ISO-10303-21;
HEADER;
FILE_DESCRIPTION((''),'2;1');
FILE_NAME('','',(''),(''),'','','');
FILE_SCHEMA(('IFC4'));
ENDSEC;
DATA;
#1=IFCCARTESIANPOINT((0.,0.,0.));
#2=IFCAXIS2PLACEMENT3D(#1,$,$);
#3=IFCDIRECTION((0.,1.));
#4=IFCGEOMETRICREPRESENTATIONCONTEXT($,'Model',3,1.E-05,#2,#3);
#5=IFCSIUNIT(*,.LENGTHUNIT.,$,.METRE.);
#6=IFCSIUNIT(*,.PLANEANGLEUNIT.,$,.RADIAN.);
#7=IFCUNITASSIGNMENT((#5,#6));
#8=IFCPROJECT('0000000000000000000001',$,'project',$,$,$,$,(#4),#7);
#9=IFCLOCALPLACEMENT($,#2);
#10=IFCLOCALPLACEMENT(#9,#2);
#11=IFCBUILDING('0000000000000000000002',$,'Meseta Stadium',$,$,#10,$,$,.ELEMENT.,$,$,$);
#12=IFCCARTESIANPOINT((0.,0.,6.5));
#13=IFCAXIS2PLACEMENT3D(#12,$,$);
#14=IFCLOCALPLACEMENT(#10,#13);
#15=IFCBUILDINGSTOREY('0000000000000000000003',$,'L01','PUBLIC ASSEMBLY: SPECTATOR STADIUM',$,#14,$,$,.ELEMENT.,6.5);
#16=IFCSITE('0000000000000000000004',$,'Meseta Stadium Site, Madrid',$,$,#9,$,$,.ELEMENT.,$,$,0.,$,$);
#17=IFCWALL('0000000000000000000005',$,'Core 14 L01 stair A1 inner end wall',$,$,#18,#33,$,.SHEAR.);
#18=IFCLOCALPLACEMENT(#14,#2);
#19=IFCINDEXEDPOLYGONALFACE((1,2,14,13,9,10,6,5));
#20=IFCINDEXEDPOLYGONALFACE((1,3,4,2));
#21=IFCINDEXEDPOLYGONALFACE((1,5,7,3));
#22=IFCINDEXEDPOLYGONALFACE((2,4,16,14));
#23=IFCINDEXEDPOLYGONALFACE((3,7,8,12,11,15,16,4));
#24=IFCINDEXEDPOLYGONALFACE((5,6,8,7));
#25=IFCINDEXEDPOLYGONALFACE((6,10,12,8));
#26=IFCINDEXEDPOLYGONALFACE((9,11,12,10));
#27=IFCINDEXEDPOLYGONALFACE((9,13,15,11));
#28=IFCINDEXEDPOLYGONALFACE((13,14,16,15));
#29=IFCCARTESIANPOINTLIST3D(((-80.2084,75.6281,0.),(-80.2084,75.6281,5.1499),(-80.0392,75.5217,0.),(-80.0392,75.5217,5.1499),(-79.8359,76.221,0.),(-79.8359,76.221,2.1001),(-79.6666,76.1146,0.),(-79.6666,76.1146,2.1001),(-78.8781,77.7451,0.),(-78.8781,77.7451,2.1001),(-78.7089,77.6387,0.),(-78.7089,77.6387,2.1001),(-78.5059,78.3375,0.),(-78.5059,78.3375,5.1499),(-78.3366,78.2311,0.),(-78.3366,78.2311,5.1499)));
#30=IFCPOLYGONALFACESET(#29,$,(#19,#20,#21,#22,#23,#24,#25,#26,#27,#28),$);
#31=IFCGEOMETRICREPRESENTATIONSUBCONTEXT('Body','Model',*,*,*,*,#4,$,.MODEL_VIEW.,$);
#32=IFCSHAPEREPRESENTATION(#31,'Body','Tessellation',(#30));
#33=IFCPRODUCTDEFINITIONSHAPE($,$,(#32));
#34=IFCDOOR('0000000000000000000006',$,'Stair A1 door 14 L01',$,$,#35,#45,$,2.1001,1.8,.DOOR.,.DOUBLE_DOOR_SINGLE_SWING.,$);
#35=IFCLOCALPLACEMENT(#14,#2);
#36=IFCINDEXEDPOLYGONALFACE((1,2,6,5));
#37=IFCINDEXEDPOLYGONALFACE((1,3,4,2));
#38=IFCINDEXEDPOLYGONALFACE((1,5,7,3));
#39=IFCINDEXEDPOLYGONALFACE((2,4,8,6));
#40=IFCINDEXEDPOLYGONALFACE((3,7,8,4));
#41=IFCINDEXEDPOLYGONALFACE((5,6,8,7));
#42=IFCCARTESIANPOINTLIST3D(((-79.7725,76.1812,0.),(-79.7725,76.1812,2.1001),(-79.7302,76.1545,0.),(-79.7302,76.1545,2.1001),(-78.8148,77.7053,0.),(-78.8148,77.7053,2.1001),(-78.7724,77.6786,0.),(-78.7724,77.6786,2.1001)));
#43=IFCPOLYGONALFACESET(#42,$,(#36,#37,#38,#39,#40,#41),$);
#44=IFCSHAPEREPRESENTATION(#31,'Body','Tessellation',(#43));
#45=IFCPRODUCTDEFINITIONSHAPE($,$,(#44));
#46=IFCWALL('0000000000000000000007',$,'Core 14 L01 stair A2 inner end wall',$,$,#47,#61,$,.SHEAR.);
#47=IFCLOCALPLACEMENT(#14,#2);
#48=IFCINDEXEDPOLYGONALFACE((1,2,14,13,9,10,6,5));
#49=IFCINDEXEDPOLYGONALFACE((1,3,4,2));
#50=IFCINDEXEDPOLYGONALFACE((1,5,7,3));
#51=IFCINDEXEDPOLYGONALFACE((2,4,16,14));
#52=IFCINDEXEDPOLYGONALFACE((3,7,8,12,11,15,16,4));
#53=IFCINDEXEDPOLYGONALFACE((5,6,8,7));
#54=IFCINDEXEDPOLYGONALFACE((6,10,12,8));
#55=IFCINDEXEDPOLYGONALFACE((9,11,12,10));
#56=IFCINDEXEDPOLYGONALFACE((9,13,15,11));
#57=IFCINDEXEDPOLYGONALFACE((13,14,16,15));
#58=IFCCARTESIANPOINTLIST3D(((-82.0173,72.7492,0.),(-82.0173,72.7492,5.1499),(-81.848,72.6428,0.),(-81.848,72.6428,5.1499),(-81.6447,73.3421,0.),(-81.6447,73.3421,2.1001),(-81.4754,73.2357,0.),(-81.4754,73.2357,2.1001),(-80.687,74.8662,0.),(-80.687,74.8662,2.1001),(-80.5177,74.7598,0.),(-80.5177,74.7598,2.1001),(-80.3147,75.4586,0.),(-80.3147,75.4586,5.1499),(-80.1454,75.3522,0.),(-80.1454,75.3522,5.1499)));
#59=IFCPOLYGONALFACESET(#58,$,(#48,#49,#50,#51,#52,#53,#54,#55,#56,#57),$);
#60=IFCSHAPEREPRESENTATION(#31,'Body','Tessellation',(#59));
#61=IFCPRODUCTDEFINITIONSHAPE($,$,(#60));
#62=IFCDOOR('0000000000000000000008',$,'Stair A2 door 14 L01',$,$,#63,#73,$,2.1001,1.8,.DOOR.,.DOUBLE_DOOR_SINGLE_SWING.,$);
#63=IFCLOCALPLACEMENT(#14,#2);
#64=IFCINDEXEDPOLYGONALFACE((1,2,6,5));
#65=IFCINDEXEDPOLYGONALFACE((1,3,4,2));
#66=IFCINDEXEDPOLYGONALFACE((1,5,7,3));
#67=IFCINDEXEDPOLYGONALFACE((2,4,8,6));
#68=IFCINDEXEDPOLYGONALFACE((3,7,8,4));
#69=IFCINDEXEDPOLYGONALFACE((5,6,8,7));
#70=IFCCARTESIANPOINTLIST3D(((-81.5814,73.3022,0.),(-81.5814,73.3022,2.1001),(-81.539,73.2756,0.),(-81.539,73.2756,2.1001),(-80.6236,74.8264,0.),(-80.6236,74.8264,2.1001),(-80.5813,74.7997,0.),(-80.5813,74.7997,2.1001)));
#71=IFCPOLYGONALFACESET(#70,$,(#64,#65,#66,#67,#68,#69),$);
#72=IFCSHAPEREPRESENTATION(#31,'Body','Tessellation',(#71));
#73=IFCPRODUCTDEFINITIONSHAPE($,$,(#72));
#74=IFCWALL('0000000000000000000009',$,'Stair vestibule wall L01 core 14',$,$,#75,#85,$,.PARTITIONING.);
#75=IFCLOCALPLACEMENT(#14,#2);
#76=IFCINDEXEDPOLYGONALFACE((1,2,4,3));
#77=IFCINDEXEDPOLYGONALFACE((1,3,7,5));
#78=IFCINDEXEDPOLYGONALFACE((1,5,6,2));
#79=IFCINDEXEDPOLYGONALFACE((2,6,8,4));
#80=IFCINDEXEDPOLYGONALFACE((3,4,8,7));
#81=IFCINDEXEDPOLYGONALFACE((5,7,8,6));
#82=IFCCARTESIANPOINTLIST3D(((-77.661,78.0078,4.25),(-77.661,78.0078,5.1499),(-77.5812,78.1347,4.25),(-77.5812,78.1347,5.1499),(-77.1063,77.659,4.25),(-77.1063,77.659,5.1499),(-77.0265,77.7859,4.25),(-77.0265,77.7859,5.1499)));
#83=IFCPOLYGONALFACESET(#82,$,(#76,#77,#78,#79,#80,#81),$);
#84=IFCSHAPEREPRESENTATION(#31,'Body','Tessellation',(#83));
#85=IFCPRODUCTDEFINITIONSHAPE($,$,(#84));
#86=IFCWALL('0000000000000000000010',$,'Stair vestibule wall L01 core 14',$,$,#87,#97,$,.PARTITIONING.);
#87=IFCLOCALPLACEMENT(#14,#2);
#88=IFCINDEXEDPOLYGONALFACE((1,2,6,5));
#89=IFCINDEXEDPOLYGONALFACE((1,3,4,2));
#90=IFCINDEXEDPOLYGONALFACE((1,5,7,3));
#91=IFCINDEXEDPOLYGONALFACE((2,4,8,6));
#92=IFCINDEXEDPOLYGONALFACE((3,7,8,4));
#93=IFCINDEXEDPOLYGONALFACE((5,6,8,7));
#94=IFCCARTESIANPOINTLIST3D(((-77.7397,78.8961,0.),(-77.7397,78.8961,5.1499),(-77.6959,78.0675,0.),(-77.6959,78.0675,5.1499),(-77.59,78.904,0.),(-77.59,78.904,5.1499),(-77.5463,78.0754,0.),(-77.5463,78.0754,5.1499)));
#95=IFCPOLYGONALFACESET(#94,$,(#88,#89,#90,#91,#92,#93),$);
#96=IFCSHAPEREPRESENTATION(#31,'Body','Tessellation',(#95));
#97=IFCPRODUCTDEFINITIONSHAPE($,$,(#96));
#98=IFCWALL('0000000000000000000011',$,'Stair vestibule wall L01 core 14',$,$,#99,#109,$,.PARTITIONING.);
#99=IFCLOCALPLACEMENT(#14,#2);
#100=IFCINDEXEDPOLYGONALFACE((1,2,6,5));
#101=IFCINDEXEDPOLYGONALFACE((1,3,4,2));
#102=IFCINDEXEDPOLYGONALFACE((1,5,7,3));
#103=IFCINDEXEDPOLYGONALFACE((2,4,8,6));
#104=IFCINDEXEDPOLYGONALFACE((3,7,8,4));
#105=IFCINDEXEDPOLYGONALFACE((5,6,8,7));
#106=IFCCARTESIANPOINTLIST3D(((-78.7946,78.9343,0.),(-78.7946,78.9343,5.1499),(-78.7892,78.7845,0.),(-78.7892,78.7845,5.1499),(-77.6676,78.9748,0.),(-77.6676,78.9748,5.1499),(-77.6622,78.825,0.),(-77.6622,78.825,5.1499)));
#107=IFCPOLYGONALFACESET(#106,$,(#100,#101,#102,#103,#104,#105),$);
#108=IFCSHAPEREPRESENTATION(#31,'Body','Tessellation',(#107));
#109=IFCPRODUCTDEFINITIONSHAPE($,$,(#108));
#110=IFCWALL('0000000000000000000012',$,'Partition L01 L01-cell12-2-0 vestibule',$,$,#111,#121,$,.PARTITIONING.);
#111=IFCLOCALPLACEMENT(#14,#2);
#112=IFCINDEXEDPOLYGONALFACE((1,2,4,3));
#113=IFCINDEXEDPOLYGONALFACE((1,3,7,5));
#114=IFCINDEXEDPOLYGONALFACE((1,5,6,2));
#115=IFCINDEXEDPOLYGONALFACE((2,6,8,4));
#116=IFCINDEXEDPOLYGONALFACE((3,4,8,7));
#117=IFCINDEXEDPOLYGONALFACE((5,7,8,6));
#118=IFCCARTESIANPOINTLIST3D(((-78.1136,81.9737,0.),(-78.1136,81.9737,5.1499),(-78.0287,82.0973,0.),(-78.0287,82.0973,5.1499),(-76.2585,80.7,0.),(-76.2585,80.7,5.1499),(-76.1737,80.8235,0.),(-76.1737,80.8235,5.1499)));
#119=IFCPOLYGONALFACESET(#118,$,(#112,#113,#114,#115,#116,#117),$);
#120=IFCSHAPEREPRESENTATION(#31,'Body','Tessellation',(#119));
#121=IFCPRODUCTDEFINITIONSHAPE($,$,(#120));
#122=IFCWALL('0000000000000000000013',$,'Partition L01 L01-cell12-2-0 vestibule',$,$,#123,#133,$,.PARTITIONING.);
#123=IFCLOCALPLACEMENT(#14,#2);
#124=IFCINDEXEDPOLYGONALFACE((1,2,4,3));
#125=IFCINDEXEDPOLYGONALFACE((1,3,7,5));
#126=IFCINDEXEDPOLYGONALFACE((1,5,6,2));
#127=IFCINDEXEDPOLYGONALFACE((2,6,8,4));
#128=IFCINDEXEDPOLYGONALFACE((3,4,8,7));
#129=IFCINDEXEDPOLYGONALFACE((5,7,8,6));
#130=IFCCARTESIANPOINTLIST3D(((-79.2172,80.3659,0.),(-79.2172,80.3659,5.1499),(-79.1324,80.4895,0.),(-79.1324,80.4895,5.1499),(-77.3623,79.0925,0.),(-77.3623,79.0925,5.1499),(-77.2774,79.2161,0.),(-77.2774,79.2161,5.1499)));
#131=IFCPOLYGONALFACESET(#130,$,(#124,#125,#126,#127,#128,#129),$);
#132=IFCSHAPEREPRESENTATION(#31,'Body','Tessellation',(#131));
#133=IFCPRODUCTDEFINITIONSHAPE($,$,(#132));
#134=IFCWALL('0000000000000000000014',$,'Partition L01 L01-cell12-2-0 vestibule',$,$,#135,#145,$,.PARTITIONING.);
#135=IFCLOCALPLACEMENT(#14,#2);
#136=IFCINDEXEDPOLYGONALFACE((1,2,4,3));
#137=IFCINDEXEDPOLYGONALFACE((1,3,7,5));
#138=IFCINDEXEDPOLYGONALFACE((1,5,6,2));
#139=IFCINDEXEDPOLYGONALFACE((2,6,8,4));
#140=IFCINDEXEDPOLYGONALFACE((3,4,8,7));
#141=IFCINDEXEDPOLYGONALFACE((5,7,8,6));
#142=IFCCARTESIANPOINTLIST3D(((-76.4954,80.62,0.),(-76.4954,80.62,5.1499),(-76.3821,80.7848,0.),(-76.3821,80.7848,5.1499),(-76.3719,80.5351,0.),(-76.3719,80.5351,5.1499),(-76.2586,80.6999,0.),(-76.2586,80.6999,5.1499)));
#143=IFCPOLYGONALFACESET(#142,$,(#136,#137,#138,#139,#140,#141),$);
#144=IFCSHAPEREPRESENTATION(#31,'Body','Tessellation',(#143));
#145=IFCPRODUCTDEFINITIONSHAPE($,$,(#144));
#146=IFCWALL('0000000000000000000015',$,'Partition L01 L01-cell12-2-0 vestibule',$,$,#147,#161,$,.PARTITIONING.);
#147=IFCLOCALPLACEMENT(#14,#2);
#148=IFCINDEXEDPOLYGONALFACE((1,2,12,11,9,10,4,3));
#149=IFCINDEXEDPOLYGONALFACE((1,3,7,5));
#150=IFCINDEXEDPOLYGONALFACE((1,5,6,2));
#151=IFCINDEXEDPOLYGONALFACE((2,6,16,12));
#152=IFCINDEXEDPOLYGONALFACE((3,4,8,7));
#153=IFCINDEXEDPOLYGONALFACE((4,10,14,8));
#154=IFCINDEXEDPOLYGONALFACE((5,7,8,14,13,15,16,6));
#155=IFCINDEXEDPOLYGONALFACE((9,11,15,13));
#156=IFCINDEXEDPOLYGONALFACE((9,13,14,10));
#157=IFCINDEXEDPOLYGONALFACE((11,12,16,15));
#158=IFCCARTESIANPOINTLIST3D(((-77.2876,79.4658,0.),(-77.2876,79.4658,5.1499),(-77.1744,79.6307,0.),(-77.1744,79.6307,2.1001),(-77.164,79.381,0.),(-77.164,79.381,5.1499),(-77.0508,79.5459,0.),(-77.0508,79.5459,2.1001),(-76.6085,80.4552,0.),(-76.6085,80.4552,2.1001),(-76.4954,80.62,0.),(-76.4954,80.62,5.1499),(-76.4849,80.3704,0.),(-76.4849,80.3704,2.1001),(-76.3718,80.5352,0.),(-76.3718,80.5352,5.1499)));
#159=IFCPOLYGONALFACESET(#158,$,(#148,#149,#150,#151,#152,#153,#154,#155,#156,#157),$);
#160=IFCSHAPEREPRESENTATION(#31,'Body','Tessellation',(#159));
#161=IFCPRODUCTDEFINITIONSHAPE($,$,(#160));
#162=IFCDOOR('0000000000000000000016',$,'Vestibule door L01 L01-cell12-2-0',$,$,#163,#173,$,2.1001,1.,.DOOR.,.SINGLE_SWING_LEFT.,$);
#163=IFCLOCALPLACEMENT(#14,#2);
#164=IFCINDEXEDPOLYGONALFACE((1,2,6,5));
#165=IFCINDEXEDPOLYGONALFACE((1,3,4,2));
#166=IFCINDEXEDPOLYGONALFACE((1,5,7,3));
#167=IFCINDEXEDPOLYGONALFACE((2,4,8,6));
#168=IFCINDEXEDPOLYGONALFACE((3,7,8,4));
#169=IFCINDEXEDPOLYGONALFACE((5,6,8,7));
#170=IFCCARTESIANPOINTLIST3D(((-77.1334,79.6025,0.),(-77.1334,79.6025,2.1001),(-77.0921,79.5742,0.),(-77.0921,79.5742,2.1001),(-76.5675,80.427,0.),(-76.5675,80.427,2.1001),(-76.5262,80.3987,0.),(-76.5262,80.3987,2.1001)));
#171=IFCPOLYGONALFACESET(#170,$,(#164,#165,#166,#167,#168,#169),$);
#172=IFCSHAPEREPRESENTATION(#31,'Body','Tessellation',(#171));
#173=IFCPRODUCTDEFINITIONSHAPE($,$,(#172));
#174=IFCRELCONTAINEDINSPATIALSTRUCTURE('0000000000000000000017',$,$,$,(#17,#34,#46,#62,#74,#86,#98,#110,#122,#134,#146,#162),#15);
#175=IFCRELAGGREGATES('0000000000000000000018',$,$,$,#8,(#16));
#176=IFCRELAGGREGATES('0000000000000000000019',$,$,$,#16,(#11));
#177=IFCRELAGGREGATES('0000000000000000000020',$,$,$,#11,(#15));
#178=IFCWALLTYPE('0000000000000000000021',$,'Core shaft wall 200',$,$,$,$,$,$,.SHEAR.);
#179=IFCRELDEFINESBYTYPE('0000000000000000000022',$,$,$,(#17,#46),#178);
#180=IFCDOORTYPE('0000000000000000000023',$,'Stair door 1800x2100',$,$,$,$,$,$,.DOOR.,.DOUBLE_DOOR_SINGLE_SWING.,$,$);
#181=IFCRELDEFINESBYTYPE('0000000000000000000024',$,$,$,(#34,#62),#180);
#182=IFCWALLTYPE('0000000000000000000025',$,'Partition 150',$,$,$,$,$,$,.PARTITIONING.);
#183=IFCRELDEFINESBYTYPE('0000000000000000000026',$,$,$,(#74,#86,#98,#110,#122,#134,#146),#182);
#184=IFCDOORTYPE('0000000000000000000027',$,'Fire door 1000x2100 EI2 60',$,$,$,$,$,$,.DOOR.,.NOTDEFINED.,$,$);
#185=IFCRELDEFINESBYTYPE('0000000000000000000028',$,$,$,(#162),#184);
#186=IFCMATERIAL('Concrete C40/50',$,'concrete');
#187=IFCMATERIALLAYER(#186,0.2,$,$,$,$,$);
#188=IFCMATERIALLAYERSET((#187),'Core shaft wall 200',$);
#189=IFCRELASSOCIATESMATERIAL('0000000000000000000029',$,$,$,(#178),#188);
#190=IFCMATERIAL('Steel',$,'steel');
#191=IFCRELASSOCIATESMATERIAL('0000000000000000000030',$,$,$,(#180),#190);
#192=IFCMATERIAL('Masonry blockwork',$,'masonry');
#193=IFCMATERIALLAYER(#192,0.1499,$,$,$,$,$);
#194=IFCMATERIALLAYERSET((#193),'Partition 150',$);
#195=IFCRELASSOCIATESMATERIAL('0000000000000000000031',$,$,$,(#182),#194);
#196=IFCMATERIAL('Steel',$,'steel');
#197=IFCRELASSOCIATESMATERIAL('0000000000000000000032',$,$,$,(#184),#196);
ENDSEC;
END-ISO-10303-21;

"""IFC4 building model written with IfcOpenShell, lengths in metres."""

from ifc_helpers import new_model, si_unit, direction, frame, frame_2d, origin, place, context, subcontext, project, spatial, rectangle, extrude, material, layer, layer_set, type_object, element, fill, save


model = new_model("IFC4")

# Units and contexts
model_context = context("Model", 3, precision=1e-05, world=origin(), true_north=direction((0.0, 1.0)))
body_context = subcontext(model_context, "Body", "Model", "MODEL_VIEW")
ifc_project = project(units=[si_unit("LENGTHUNIT", "METRE"), si_unit("PLANEANGLEUNIT", "RADIAN")], contexts=[model_context])

# Site, building, storey
site_placement = place(None, origin())
site = spatial("IfcSite", under=ifc_project, at=site_placement, Name="Meseta Stadium Site, Madrid", CompositionType="ELEMENT", RefElevation=0.0)
building_placement = place(site_placement, origin())
building = spatial("IfcBuilding", under=site, at=building_placement, Name="Meseta Stadium", CompositionType="ELEMENT")
storey_placement = place(building_placement, frame((0.0, 0.0, 6.5)))
storey = spatial("IfcBuildingStorey", under=building, at=storey_placement, Name="L01", Description="PUBLIC ASSEMBLY: SPECTATOR STADIUM", CompositionType="ELEMENT", Elevation=6.5)

# Walls, openings, doors
ifc_material_1 = material(Name="Concrete C40/50", Category="concrete")
ifc_layer_1 = layer(ifc_material_1, 0.2)
ifc_layer_set_1 = layer_set([ifc_layer_1], Name="Core shaft wall 200")
wall_type_1 = type_object("IfcWallType", Name="Core shaft wall 200", PredefinedType="SHEAR", material=ifc_layer_set_1)
wall_1_placement = place(storey_placement, frame((-78.4211, 78.2844, 0.0), z_axis=(0.0, 0.0, 1.0), x_axis=(-0.532068, -0.846701, 0.0)))
wall_1 = element("IfcWall", 1, at=wall_1_placement, inside=storey, type_object=wall_type_1, Name="Core 14 L01 stair A1 inner end wall", PredefinedType="SHEAR", context=body_context, shape_type="SweptSolid", body=[
    extrude(rectangle(XDim=3.2, YDim=0.2, at=frame_2d((1.6001, 0.0))), origin(), (0.0, 0.0, 1.0), 5.1499),
])
opening_1_placement = place(wall_1_placement, frame((0.7, 0.0, 0.0)))
opening_1 = element("IfcOpeningElement", 2, at=opening_1_placement, cuts=wall_1, PredefinedType="OPENING", context=body_context, shape_type="SweptSolid", body=[
    extrude(rectangle(XDim=1.8, YDim=2.1001, at=frame_2d((0.8999, 1.05))), frame((0.0, 0.1099, 0.0), z_axis=(0.0, -1.0, 0.0), x_axis=(1.0, 0.0, 0.0)), (0.0, 0.0, 1.0), 0.22),
])
ifc_material_2 = material(Name="Steel", Category="steel")
door_type_1 = type_object("IfcDoorType", Name="Stair door 1800x2100", OperationType="DOUBLE_DOOR_SINGLE_SWING", PredefinedType="DOOR", material=ifc_material_2)
door_1_placement = place(opening_1_placement, origin())
door_1 = element("IfcDoor", 3, at=door_1_placement, inside=storey, type_object=door_type_1, Name="Stair A1 door 14 L01", OperationType="DOUBLE_DOOR_SINGLE_SWING", OverallHeight=2.1001, OverallWidth=1.8, PredefinedType="DOOR", context=body_context, shape_type="SweptSolid", body=[
    extrude(rectangle(XDim=1.8, YDim=2.1001, at=frame_2d((0.8999, 1.05))), frame((0.0, 0.0249, 0.0), z_axis=(0.0, -1.0, 0.0), x_axis=(1.0, 0.0, 0.0)), (0.0, 0.0, 1.0), 0.05),
])
fill(opening_1, door_1)
wall_2_placement = place(storey_placement, frame((-80.23, 75.4055, 0.0), z_axis=(0.0, 0.0, 1.0), x_axis=(-0.532068, -0.846701, 0.0)))
wall_2 = element("IfcWall", 4, at=wall_2_placement, inside=storey, type_object=wall_type_1, Name="Core 14 L01 stair A2 inner end wall", PredefinedType="SHEAR", context=body_context, shape_type="SweptSolid", body=[
    extrude(rectangle(XDim=3.2, YDim=0.2, at=frame_2d((1.6001, 0.0))), origin(), (0.0, 0.0, 1.0), 5.1499),
])
opening_2_placement = place(wall_2_placement, frame((0.7, 0.0, 0.0)))
opening_2 = element("IfcOpeningElement", 5, at=opening_2_placement, cuts=wall_2, PredefinedType="OPENING", context=body_context, shape_type="SweptSolid", body=[
    extrude(rectangle(XDim=1.8, YDim=2.1001, at=frame_2d((0.8999, 1.05))), frame((0.0, 0.1099, 0.0), z_axis=(0.0, -1.0, 0.0), x_axis=(1.0, 0.0, 0.0)), (0.0, 0.0, 1.0), 0.22),
])
door_2_placement = place(opening_2_placement, origin())
door_2 = element("IfcDoor", 6, at=door_2_placement, inside=storey, type_object=door_type_1, Name="Stair A2 door 14 L01", OperationType="DOUBLE_DOOR_SINGLE_SWING", OverallHeight=2.1001, OverallWidth=1.8, PredefinedType="DOOR", context=body_context, shape_type="SweptSolid", body=[
    extrude(rectangle(XDim=1.8, YDim=2.1001, at=frame_2d((0.8999, 1.05))), frame((0.0, 0.0249, 0.0), z_axis=(0.0, -1.0, 0.0), x_axis=(1.0, 0.0, 0.0)), (0.0, 0.0, 1.0), 0.05),
])
fill(opening_2, door_2)

# Walls
ifc_material_3 = material(Name="Masonry blockwork", Category="masonry")
ifc_layer_2 = layer(ifc_material_3, 0.1499)
ifc_layer_set_2 = layer_set([ifc_layer_2], Name="Partition 150")
wall_type_2 = type_object("IfcWallType", Name="Partition 150", PredefinedType="PARTITIONING", material=ifc_layer_set_2)
wall_3_placement = place(storey_placement, frame((-77.0664, 77.7224, 4.25), z_axis=(0.0, 0.0, 1.0), x_axis=(-0.846488, 0.532408, 0.0)))
element("IfcWall", 7, at=wall_3_placement, inside=storey, type_object=wall_type_2, Name="Stair vestibule wall L01 core 14", PredefinedType="PARTITIONING", context=body_context, shape_type="SweptSolid", body=[
    extrude(rectangle(XDim=0.6553, YDim=0.1499, at=frame_2d((0.3276, 0.0))), origin(), (0.0, 0.0, 1.0), 0.8999),
])
wall_4_placement = place(storey_placement, frame((-77.6211, 78.0713, 0.0), z_axis=(0.0, 0.0, 1.0), x_axis=(-0.052667, 0.998612, 0.0)))
element("IfcWall", 8, at=wall_4_placement, inside=storey, type_object=wall_type_2, Name="Stair vestibule wall L01 core 14", PredefinedType="PARTITIONING", context=body_context, shape_type="SweptSolid", body=[
    extrude(rectangle(XDim=0.8298, YDim=0.1499, at=frame_2d((0.415, 0.0))), origin(), (0.0, 0.0, 1.0), 5.1499),
])
wall_5_placement = place(storey_placement, frame((-77.6648, 78.8999, 0.0), z_axis=(0.0, 0.0, 1.0), x_axis=(-0.999354, -0.035939, 0.0)))
element("IfcWall", 9, at=wall_5_placement, inside=storey, type_object=wall_type_2, Name="Stair vestibule wall L01 core 14", PredefinedType="PARTITIONING", context=body_context, shape_type="SweptSolid", body=[
    extrude(rectangle(XDim=1.1277, YDim=0.1499, at=frame_2d((0.564, 0.0))), origin(), (0.0, 0.0, 1.0), 5.1499),
])
wall_6_placement = place(storey_placement, frame((-78.071, 82.0354, 0.0), z_axis=(0.0, 0.0, 1.0), x_axis=(0.824377, -0.566041, 0.0)))
element("IfcWall", 10, at=wall_6_placement, inside=storey, type_object=wall_type_2, Name="Partition L01 L01-cell12-2-0 vestibule", PredefinedType="PARTITIONING", context=body_context, shape_type="SweptSolid", body=[
    extrude(rectangle(XDim=2.2502, YDim=0.1499, at=frame_2d((1.125, 0.0))), origin(), (0.0, 0.0, 1.0), 5.1499),
])
wall_7_placement = place(storey_placement, frame((-79.1748, 80.4277, 0.0), z_axis=(0.0, 0.0, 1.0), x_axis=(0.824428, -0.565967, 0.0)))
element("IfcWall", 11, at=wall_7_placement, inside=storey, type_object=wall_type_2, Name="Partition L01 L01-cell12-2-0 vestibule", PredefinedType="PARTITIONING", context=body_context, shape_type="SweptSolid", body=[
    extrude(rectangle(XDim=2.25, YDim=0.1499, at=frame_2d((1.125, 0.0))), origin(), (0.0, 0.0, 1.0), 5.1499),
])
wall_8_placement = place(storey_placement, frame((-76.3203, 80.7424, 0.0), z_axis=(0.0, 0.0, 1.0), x_axis=(-0.566477, -0.824078, 0.0)))
element("IfcWall", 12, at=wall_8_placement, inside=storey, type_object=wall_type_2, Name="Partition L01 L01-cell12-2-0 vestibule", PredefinedType="PARTITIONING", context=body_context, shape_type="SweptSolid", body=[
    extrude(rectangle(XDim=0.2, YDim=0.1499, at=frame_2d((0.1001, 0.0))), origin(), (0.0, 0.0, 1.0), 5.1499),
])

# Wall, opening, door
wall_9_placement = place(storey_placement, frame((-76.4336, 80.5776, 0.0), z_axis=(0.0, 0.0, 1.0), x_axis=(-0.565877, -0.824489, 0.0)))
wall_9 = element("IfcWall", 13, at=wall_9_placement, inside=storey, type_object=wall_type_2, Name="Partition L01 L01-cell12-2-0 vestibule", PredefinedType="PARTITIONING", context=body_context, shape_type="SweptSolid", body=[
    extrude(rectangle(XDim=1.3999, YDim=0.1499, at=frame_2d((0.7, 0.0))), origin(), (0.0, 0.0, 1.0), 5.1499),
])
opening_3_placement = place(wall_9_placement, frame((0.2, 0.0, 0.0)))
opening_3 = element("IfcOpeningElement", 14, at=opening_3_placement, cuts=wall_9, PredefinedType="OPENING", context=body_context, shape_type="SweptSolid", body=[
    extrude(rectangle(XDim=1.0, YDim=2.1001, at=frame_2d((0.5, 1.05))), frame((0.0, 0.085, 0.0), z_axis=(0.0, -1.0, 0.0), x_axis=(1.0, 0.0, 0.0)), (0.0, 0.0, 1.0), 0.1699),
])
ifc_material_4 = material(Name="Steel", Category="steel")
door_type_2 = type_object("IfcDoorType", Name="Fire door 1000x2100 EI2 60", OperationType="NOTDEFINED", PredefinedType="DOOR", material=ifc_material_4)
door_3_placement = place(opening_3_placement, origin())
door_3 = element("IfcDoor", 15, at=door_3_placement, inside=storey, type_object=door_type_2, Name="Vestibule door L01 L01-cell12-2-0", OperationType="SINGLE_SWING_LEFT", OverallHeight=2.1001, OverallWidth=1.0, PredefinedType="DOOR", context=body_context, shape_type="SweptSolid", body=[
    extrude(rectangle(XDim=1.0, YDim=2.1001, at=frame_2d((0.5, 1.05))), frame((0.0, 0.0249, 0.0), z_axis=(0.0, -1.0, 0.0), x_axis=(1.0, 0.0, 0.0)), (0.0, 0.0, 1.0), 0.05),
])
fill(opening_3, door_3)

save(model, "model.ifc")
